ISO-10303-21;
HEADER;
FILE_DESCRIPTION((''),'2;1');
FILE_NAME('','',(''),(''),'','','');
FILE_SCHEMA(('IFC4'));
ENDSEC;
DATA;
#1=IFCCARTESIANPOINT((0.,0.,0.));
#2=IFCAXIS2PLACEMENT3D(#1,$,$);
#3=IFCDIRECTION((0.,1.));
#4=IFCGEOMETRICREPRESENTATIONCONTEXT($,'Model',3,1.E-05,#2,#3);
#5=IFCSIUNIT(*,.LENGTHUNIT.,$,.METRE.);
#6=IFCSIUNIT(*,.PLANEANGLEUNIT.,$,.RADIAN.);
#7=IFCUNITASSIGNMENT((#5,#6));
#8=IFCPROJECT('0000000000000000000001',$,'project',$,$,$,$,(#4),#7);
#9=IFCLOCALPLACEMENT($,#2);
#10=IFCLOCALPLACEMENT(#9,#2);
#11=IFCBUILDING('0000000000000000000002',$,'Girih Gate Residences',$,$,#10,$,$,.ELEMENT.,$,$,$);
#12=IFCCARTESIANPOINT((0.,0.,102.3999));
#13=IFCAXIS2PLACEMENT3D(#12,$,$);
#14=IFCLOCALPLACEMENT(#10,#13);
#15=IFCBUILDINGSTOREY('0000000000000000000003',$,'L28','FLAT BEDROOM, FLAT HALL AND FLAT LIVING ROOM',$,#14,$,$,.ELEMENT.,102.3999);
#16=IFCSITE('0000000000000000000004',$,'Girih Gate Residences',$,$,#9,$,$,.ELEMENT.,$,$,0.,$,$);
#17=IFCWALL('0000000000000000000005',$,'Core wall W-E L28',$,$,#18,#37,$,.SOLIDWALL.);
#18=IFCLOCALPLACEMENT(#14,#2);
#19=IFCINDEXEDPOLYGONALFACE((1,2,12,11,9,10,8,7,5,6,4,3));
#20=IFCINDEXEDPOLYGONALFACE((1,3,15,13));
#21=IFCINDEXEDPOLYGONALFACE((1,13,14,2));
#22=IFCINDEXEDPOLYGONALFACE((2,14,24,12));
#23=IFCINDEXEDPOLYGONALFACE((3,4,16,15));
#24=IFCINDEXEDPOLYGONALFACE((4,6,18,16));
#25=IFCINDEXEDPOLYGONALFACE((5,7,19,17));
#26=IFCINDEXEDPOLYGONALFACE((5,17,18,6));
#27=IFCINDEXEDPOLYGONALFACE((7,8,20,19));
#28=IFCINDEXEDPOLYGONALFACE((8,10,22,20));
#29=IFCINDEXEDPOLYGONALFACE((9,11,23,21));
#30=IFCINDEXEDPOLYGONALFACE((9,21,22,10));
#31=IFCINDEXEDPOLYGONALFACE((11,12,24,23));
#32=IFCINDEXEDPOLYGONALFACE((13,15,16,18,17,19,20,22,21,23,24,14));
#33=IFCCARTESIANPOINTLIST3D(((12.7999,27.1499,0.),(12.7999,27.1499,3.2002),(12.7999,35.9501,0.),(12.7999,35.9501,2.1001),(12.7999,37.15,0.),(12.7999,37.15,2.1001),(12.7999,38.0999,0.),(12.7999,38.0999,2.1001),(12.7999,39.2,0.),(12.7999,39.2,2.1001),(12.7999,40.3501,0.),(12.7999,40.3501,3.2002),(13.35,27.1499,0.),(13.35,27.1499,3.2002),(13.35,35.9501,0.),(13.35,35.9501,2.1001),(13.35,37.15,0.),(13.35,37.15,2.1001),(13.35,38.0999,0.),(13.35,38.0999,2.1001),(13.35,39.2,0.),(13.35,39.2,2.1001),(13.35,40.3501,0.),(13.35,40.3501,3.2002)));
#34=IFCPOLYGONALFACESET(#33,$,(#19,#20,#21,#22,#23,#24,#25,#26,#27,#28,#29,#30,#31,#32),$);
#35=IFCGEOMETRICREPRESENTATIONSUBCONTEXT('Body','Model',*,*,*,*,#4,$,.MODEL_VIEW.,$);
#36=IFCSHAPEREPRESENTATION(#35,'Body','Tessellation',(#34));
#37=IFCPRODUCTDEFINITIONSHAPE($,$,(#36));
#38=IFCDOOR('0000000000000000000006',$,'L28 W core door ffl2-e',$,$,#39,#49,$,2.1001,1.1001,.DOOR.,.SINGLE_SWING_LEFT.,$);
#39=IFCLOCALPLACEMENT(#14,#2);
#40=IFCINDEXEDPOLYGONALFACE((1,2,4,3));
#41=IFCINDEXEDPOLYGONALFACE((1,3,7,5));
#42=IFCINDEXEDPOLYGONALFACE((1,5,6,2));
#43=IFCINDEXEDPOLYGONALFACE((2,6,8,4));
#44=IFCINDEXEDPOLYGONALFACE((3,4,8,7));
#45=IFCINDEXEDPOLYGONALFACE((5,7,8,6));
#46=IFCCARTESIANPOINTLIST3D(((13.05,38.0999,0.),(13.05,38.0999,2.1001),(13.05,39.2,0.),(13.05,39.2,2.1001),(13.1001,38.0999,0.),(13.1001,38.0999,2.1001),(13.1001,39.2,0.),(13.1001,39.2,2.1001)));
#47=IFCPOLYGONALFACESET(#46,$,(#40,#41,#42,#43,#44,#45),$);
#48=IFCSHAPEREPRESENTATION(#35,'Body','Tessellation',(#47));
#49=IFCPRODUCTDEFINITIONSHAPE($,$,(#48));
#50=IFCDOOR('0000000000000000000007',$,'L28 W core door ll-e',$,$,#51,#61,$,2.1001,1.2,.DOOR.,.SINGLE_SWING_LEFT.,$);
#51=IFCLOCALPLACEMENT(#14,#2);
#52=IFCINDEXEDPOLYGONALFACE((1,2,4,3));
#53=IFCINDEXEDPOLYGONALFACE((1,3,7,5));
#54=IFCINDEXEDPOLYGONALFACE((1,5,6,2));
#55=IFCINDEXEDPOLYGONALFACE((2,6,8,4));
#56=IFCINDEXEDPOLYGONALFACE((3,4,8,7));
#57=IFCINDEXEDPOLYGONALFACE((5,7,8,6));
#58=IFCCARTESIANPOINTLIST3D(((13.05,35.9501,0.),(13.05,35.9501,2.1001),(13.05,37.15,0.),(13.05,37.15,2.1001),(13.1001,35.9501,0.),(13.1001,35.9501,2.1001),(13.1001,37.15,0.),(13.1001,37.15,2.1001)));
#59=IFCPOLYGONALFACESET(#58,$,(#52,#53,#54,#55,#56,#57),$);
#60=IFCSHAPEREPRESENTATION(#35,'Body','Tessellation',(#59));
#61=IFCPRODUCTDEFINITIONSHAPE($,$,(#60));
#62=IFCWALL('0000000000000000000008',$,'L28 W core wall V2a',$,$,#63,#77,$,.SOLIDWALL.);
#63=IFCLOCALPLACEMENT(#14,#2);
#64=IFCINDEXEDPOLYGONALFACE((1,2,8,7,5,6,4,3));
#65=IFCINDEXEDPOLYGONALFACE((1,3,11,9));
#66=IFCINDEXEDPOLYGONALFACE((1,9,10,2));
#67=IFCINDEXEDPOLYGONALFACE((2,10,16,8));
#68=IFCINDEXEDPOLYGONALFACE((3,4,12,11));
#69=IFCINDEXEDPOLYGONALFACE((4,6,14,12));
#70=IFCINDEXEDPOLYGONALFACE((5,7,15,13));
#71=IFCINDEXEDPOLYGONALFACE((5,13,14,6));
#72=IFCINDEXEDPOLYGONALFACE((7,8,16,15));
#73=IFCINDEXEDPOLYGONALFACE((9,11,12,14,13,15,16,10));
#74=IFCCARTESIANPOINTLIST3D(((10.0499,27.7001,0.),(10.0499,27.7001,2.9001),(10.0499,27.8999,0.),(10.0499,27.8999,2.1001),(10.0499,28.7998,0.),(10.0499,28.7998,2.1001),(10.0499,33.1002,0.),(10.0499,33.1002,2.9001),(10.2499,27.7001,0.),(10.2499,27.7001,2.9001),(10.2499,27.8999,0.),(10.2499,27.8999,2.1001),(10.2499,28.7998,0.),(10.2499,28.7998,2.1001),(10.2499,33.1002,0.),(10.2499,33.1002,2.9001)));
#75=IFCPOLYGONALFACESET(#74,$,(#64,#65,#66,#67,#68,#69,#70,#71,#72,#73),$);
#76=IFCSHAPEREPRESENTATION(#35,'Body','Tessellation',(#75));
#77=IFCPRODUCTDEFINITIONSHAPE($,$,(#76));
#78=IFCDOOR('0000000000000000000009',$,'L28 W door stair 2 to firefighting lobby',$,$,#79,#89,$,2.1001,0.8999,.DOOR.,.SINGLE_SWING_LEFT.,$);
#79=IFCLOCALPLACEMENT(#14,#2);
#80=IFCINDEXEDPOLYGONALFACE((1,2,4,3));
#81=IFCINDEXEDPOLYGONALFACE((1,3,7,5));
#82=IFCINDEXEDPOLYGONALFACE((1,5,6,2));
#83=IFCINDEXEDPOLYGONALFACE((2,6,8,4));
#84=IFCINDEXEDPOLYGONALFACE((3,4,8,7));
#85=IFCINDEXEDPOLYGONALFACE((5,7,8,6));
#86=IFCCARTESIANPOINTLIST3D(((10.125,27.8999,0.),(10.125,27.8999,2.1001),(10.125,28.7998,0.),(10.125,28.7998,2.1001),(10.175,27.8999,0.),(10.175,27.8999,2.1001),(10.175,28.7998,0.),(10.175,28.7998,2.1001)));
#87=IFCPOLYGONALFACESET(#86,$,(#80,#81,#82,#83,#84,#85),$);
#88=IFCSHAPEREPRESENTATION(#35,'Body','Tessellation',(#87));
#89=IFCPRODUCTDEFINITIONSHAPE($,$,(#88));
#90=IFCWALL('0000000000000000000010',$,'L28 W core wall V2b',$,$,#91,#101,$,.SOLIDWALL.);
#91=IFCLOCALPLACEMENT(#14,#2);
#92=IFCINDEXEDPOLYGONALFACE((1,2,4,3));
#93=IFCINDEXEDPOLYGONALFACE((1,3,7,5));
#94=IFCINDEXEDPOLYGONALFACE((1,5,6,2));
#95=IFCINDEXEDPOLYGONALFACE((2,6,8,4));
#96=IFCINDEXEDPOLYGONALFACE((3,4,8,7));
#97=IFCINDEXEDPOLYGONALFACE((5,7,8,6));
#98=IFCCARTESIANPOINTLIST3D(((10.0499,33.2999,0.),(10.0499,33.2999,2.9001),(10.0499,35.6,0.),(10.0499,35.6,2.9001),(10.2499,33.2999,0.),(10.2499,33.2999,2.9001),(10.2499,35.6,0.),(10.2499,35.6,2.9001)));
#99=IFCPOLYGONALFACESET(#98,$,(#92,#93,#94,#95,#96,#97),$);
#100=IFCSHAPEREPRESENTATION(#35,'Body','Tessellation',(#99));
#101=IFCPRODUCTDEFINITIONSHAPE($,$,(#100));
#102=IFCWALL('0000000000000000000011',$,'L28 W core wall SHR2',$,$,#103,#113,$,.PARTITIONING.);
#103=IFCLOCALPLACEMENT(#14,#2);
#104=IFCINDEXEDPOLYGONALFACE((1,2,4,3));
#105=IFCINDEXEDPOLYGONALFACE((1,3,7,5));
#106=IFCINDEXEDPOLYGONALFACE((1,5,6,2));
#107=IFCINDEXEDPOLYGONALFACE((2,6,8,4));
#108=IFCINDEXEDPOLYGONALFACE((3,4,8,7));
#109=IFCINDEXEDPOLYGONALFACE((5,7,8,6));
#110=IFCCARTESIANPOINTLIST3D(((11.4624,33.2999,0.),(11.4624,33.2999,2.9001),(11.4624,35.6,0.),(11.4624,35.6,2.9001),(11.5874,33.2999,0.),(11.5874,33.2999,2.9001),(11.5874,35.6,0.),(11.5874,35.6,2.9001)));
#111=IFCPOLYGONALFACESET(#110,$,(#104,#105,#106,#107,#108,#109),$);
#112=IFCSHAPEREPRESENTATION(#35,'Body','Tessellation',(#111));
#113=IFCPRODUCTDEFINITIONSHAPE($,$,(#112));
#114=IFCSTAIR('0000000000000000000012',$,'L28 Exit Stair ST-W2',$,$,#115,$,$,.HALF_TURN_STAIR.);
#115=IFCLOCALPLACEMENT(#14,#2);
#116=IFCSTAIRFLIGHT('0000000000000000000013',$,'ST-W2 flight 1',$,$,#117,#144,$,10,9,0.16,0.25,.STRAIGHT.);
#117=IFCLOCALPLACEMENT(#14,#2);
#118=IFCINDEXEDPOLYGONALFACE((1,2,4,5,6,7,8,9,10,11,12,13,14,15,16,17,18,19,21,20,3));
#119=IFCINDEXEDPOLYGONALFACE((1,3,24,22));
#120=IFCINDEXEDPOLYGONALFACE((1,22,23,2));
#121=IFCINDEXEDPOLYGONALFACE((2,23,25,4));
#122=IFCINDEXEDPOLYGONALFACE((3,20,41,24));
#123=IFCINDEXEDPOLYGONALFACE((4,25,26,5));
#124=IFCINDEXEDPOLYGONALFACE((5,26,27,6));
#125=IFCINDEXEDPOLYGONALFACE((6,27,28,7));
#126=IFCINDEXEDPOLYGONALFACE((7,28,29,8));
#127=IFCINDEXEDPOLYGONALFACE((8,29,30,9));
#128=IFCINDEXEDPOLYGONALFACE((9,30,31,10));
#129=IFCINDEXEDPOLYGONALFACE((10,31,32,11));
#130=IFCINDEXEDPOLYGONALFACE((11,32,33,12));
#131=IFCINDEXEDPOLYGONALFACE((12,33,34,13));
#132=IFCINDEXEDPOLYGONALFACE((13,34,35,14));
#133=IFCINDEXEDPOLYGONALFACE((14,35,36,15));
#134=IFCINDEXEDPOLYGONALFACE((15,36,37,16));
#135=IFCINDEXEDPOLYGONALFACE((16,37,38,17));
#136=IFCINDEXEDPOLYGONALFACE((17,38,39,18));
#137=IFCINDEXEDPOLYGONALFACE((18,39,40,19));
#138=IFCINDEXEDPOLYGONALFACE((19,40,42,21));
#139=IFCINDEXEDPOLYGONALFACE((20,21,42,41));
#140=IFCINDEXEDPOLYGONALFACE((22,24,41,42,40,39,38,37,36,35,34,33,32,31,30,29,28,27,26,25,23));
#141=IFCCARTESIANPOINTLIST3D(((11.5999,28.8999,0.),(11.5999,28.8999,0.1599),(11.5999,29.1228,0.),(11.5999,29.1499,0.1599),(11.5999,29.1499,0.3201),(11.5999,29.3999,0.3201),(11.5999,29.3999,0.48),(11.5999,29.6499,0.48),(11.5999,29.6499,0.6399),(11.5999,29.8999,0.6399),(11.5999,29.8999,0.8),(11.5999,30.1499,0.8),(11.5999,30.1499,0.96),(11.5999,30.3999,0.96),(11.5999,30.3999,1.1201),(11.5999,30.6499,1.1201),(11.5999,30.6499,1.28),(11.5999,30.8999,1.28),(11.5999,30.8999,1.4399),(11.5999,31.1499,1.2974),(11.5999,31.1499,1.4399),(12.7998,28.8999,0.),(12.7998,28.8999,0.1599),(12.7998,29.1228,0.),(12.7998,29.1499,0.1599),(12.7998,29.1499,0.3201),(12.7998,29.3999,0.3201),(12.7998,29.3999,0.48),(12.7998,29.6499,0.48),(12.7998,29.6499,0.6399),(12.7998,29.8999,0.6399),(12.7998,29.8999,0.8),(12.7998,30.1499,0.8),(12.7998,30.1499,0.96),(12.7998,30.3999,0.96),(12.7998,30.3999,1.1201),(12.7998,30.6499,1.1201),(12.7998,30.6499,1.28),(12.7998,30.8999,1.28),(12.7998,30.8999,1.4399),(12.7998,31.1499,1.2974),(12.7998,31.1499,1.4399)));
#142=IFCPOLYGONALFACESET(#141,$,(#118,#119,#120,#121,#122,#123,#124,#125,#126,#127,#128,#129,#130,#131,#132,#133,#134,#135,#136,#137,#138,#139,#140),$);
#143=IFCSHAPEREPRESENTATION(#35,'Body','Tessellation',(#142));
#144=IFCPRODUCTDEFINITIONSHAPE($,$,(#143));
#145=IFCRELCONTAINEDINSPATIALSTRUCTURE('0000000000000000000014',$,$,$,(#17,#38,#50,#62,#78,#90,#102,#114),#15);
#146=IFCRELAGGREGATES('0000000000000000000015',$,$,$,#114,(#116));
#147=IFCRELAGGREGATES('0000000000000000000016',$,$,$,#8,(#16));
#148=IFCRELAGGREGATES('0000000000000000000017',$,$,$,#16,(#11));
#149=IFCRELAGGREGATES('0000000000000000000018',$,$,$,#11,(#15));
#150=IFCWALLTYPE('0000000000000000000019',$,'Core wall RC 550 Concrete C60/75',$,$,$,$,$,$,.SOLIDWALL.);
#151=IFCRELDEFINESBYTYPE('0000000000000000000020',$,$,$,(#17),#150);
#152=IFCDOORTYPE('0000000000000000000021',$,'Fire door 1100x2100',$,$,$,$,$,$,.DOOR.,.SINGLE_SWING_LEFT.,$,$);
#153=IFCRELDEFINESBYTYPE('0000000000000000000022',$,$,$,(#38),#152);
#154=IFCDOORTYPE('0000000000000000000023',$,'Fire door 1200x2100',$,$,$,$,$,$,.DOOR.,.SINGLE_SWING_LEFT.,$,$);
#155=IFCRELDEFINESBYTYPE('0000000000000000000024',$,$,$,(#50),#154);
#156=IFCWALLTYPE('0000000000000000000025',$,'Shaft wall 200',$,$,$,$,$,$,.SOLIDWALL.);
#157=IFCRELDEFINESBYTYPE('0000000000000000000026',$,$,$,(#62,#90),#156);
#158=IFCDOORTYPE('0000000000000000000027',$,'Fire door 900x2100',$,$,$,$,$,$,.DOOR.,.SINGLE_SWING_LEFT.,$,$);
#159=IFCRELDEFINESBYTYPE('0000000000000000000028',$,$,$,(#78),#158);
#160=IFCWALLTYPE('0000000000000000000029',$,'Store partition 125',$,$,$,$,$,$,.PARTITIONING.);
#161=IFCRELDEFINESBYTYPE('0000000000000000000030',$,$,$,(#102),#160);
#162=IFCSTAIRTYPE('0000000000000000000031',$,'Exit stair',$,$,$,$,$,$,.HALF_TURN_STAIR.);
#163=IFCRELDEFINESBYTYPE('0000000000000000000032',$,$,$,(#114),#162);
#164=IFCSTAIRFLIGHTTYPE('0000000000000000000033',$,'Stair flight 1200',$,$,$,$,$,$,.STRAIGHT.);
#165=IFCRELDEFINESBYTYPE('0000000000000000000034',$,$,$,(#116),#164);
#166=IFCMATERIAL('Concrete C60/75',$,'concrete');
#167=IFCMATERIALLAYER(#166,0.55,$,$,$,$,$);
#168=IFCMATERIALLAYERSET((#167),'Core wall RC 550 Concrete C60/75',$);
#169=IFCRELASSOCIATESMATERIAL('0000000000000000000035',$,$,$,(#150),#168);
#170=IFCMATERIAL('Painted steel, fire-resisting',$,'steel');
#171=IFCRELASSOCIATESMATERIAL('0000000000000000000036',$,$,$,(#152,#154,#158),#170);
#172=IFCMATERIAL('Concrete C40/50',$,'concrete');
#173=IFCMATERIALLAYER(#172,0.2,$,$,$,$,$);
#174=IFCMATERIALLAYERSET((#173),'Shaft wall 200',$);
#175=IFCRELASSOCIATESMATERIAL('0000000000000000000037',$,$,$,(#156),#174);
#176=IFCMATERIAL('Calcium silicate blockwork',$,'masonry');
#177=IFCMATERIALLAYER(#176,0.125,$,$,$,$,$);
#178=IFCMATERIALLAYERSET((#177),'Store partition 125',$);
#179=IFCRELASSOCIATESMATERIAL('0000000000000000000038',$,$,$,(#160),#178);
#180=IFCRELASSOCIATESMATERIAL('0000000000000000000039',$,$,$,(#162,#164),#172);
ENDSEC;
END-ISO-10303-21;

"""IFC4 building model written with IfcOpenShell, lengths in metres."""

from ifc_helpers import new_model, si_unit, direction, frame, frame_2d, origin, place, context, subcontext, project, spatial, polyline, rectangle, outline, extrude, material, layer, layer_set, type_object, element, fill, aggregate, save


model = new_model("IFC4")

# Units and contexts
model_context = context("Model", 3, precision=1e-05, world=origin(), true_north=direction((0.0, 1.0)))
body_context = subcontext(model_context, "Body", "Model", "MODEL_VIEW")
ifc_project = project(units=[si_unit("LENGTHUNIT", "METRE"), si_unit("PLANEANGLEUNIT", "RADIAN")], contexts=[model_context])

# Site, building, storey
site_placement = place(None, origin())
site = spatial("IfcSite", under=ifc_project, at=site_placement, Name="Girih Gate Residences", CompositionType="ELEMENT", RefElevation=0.0)
building_placement = place(site_placement, origin())
building = spatial("IfcBuilding", under=site, at=building_placement, Name="Girih Gate Residences", CompositionType="ELEMENT")
storey_placement = place(building_placement, frame((0.0, 0.0, 102.3999)))
storey = spatial("IfcBuildingStorey", under=building, at=storey_placement, Name="L28", Description="FLAT BEDROOM, FLAT HALL AND FLAT LIVING ROOM", CompositionType="ELEMENT", Elevation=102.3999)

# Shared definitions
ifc_material_1 = material(Name="Concrete C60/75", Category="concrete")

# Wall, openings, doors
ifc_layer_1 = layer(ifc_material_1, 0.55)
ifc_layer_set_1 = layer_set([ifc_layer_1], Name="Core wall RC 550 Concrete C60/75")
wall_type_1 = type_object("IfcWallType", Name="Core wall RC 550 Concrete C60/75", PredefinedType="SOLIDWALL", material=ifc_layer_set_1)
wall_1_placement = place(storey_placement, frame((13.075, 27.1499, 0.0), z_axis=(0.0, 0.0, 1.0), x_axis=(0.0, 1.0, 0.0)))
wall_1 = element("IfcWall", 1, at=wall_1_placement, inside=storey, type_object=wall_type_1, Name="Core wall W-E L28", PredefinedType="SOLIDWALL", context=body_context, shape_type="SweptSolid", body=[
    extrude(rectangle(XDim=13.2002, YDim=0.55, at=frame_2d((6.6001, 0.0))), origin(), (0.0, 0.0, 1.0), 3.2002),
])
opening_1_placement = place(wall_1_placement, frame((10.95, 0.0, 0.0)))
opening_1 = element("IfcOpeningElement", 2, at=opening_1_placement, cuts=wall_1, PredefinedType="OPENING", context=body_context, shape_type="SweptSolid", body=[
    extrude(rectangle(XDim=1.1001, YDim=2.1001, at=frame_2d((0.55, 1.05))), frame((0.0, 0.2849, 0.0), z_axis=(0.0, -1.0, 0.0), x_axis=(1.0, 0.0, 0.0)), (0.0, 0.0, 1.0), 0.5701),
])
opening_2_placement = place(wall_1_placement, frame((8.8, 0.0, 0.0)))
opening_2 = element("IfcOpeningElement", 3, at=opening_2_placement, cuts=wall_1, PredefinedType="OPENING", context=body_context, shape_type="SweptSolid", body=[
    extrude(rectangle(XDim=1.2, YDim=2.1001, at=frame_2d((0.6001, 1.05))), frame((0.0, 0.2849, 0.0), z_axis=(0.0, -1.0, 0.0), x_axis=(1.0, 0.0, 0.0)), (0.0, 0.0, 1.0), 0.5701),
])
ifc_material_2 = material(Name="Painted steel, fire-resisting", Category="steel")
door_type_1 = type_object("IfcDoorType", Name="Fire door 1100x2100", OperationType="SINGLE_SWING_LEFT", PredefinedType="DOOR", material=ifc_material_2)
door_1_placement = place(opening_1_placement, origin())
door_1 = element("IfcDoor", 4, at=door_1_placement, inside=storey, type_object=door_type_1, Name="L28 W core door ffl2-e", OperationType="SINGLE_SWING_LEFT", OverallHeight=2.1001, OverallWidth=1.1001, PredefinedType="DOOR", context=body_context, shape_type="SweptSolid", body=[
    extrude(rectangle(XDim=1.1001, YDim=2.1001, at=frame_2d((0.55, 1.05))), frame((0.0, 0.0249, 0.0), z_axis=(0.0, -1.0, 0.0), x_axis=(1.0, 0.0, 0.0)), (0.0, 0.0, 1.0), 0.05),
])
fill(opening_1, door_1)
door_type_2 = type_object("IfcDoorType", Name="Fire door 1200x2100", OperationType="SINGLE_SWING_LEFT", PredefinedType="DOOR", material=ifc_material_2)
door_2_placement = place(opening_2_placement, origin())
door_2 = element("IfcDoor", 5, at=door_2_placement, inside=storey, type_object=door_type_2, Name="L28 W core door ll-e", OperationType="SINGLE_SWING_LEFT", OverallHeight=2.1001, OverallWidth=1.2, PredefinedType="DOOR", context=body_context, shape_type="SweptSolid", body=[
    extrude(rectangle(XDim=1.2, YDim=2.1001, at=frame_2d((0.6001, 1.05))), frame((0.0, 0.0249, 0.0), z_axis=(0.0, -1.0, 0.0), x_axis=(1.0, 0.0, 0.0)), (0.0, 0.0, 1.0), 0.05),
])
fill(opening_2, door_2)

# Wall, opening, door
ifc_material_3 = material(Name="Concrete C40/50", Category="concrete")
ifc_layer_2 = layer(ifc_material_3, 0.2)
ifc_layer_set_2 = layer_set([ifc_layer_2], Name="Shaft wall 200")
wall_type_2 = type_object("IfcWallType", Name="Shaft wall 200", PredefinedType="SOLIDWALL", material=ifc_layer_set_2)
wall_2_placement = place(storey_placement, frame((10.1499, 27.7, 0.0), z_axis=(0.0, 0.0, 1.0), x_axis=(0.0, 1.0, 0.0)))
wall_2 = element("IfcWall", 6, at=wall_2_placement, inside=storey, type_object=wall_type_2, Name="L28 W core wall V2a", PredefinedType="SOLIDWALL", context=body_context, shape_type="SweptSolid", body=[
    extrude(rectangle(XDim=5.4001, YDim=0.2, at=frame_2d((2.7002, 0.0))), origin(), (0.0, 0.0, 1.0), 2.9001),
])
opening_3_placement = place(wall_2_placement, frame((0.2, 0.0, 0.0)))
opening_3 = element("IfcOpeningElement", 7, at=opening_3_placement, cuts=wall_2, PredefinedType="OPENING", context=body_context, shape_type="SweptSolid", body=[
    extrude(rectangle(XDim=0.8999, YDim=2.1001, at=frame_2d((0.45, 1.05))), frame((0.0, 0.1099, 0.0), z_axis=(0.0, -1.0, 0.0), x_axis=(1.0, 0.0, 0.0)), (0.0, 0.0, 1.0), 0.22),
])
door_type_3 = type_object("IfcDoorType", Name="Fire door 900x2100", OperationType="SINGLE_SWING_LEFT", PredefinedType="DOOR", material=ifc_material_2)
door_3_placement = place(opening_3_placement, origin())
door_3 = element("IfcDoor", 8, at=door_3_placement, inside=storey, type_object=door_type_3, Name="L28 W door stair 2 to firefighting lobby", OperationType="SINGLE_SWING_LEFT", OverallHeight=2.1001, OverallWidth=0.8999, PredefinedType="DOOR", context=body_context, shape_type="SweptSolid", body=[
    extrude(rectangle(XDim=0.8999, YDim=2.1001, at=frame_2d((0.45, 1.05))), frame((0.0, 0.0249, 0.0), z_axis=(0.0, -1.0, 0.0), x_axis=(1.0, 0.0, 0.0)), (0.0, 0.0, 1.0), 0.05),
])
fill(opening_3, door_3)

# Walls
wall_3_placement = place(storey_placement, frame((10.1499, 33.3, 0.0), z_axis=(0.0, 0.0, 1.0), x_axis=(0.0, 1.0, 0.0)))
element("IfcWall", 9, at=wall_3_placement, inside=storey, type_object=wall_type_2, Name="L28 W core wall V2b", PredefinedType="SOLIDWALL", context=body_context, shape_type="SweptSolid", body=[
    extrude(rectangle(XDim=2.3, YDim=0.2, at=frame_2d((1.1499, 0.0))), origin(), (0.0, 0.0, 1.0), 2.9001),
])
ifc_material_4 = material(Name="Calcium silicate blockwork", Category="masonry")
ifc_layer_3 = layer(ifc_material_4, 0.125)
ifc_layer_set_3 = layer_set([ifc_layer_3], Name="Store partition 125")
wall_type_3 = type_object("IfcWallType", Name="Store partition 125", PredefinedType="PARTITIONING", material=ifc_layer_set_3)
wall_4_placement = place(storey_placement, frame((11.5249, 33.3, 0.0), z_axis=(0.0, 0.0, 1.0), x_axis=(0.0, 1.0, 0.0)))
element("IfcWall", 10, at=wall_4_placement, inside=storey, type_object=wall_type_3, Name="L28 W core wall SHR2", PredefinedType="PARTITIONING", context=body_context, shape_type="SweptSolid", body=[
    extrude(rectangle(XDim=2.3, YDim=0.125, at=frame_2d((1.1499, 0.0))), origin(), (0.0, 0.0, 1.0), 2.9001),
])

# Stair, stair flight
stair_type = type_object("IfcStairType", Name="Exit stair", PredefinedType="HALF_TURN_STAIR", material=ifc_material_3)
stair_placement = place(storey_placement, origin())
stair = element("IfcStair", 11, at=stair_placement, inside=storey, type_object=stair_type, Name="L28 Exit Stair ST-W2", PredefinedType="HALF_TURN_STAIR")
stair_flight_type = type_object("IfcStairFlightType", Name="Stair flight 1200", PredefinedType="STRAIGHT", material=ifc_material_3)
stair_flight_1_placement = place(storey_placement, frame((12.2, 28.8999, 0.0), z_axis=(0.0, 0.0, 1.0), x_axis=(0.0, 1.0, 0.0)))
stair_flight_1 = element("IfcStairFlight", 12, at=stair_flight_1_placement, type_object=stair_flight_type, Name="ST-W2 flight 1", NumberOfRisers=10, NumberOfTreads=9, PredefinedType="STRAIGHT", RiserHeight=0.16, TreadLength=0.25, context=body_context, shape_type="SweptSolid", body=[
    extrude(outline(polyline([(0.0, 0.0), (0.0, 0.1599), (0.25, 0.1599), (0.25, 0.3201), (0.5, 0.3201), (0.5, 0.48), (0.75, 0.48), (0.75, 0.6399), (1.0, 0.6399), (1.0, 0.8), (1.25, 0.8), (1.25, 0.96), (1.5, 0.96), (1.5, 1.1201), (1.75, 1.1201), (1.75, 1.28), (2.0, 1.28), (2.0, 1.4399), (2.25, 1.4399), (2.25, 1.6001), (2.25, 1.2974), (0.2229, 0.0), (0.0, 0.0)])), frame((0.0, 0.6001, 0.0), z_axis=(0.0, -1.0, 0.0), x_axis=(1.0, 0.0, 0.0)), (0.0, 0.0, 1.0), 1.2),
])
aggregate(stair, [stair_flight_1])

save(model, "model.ifc")
